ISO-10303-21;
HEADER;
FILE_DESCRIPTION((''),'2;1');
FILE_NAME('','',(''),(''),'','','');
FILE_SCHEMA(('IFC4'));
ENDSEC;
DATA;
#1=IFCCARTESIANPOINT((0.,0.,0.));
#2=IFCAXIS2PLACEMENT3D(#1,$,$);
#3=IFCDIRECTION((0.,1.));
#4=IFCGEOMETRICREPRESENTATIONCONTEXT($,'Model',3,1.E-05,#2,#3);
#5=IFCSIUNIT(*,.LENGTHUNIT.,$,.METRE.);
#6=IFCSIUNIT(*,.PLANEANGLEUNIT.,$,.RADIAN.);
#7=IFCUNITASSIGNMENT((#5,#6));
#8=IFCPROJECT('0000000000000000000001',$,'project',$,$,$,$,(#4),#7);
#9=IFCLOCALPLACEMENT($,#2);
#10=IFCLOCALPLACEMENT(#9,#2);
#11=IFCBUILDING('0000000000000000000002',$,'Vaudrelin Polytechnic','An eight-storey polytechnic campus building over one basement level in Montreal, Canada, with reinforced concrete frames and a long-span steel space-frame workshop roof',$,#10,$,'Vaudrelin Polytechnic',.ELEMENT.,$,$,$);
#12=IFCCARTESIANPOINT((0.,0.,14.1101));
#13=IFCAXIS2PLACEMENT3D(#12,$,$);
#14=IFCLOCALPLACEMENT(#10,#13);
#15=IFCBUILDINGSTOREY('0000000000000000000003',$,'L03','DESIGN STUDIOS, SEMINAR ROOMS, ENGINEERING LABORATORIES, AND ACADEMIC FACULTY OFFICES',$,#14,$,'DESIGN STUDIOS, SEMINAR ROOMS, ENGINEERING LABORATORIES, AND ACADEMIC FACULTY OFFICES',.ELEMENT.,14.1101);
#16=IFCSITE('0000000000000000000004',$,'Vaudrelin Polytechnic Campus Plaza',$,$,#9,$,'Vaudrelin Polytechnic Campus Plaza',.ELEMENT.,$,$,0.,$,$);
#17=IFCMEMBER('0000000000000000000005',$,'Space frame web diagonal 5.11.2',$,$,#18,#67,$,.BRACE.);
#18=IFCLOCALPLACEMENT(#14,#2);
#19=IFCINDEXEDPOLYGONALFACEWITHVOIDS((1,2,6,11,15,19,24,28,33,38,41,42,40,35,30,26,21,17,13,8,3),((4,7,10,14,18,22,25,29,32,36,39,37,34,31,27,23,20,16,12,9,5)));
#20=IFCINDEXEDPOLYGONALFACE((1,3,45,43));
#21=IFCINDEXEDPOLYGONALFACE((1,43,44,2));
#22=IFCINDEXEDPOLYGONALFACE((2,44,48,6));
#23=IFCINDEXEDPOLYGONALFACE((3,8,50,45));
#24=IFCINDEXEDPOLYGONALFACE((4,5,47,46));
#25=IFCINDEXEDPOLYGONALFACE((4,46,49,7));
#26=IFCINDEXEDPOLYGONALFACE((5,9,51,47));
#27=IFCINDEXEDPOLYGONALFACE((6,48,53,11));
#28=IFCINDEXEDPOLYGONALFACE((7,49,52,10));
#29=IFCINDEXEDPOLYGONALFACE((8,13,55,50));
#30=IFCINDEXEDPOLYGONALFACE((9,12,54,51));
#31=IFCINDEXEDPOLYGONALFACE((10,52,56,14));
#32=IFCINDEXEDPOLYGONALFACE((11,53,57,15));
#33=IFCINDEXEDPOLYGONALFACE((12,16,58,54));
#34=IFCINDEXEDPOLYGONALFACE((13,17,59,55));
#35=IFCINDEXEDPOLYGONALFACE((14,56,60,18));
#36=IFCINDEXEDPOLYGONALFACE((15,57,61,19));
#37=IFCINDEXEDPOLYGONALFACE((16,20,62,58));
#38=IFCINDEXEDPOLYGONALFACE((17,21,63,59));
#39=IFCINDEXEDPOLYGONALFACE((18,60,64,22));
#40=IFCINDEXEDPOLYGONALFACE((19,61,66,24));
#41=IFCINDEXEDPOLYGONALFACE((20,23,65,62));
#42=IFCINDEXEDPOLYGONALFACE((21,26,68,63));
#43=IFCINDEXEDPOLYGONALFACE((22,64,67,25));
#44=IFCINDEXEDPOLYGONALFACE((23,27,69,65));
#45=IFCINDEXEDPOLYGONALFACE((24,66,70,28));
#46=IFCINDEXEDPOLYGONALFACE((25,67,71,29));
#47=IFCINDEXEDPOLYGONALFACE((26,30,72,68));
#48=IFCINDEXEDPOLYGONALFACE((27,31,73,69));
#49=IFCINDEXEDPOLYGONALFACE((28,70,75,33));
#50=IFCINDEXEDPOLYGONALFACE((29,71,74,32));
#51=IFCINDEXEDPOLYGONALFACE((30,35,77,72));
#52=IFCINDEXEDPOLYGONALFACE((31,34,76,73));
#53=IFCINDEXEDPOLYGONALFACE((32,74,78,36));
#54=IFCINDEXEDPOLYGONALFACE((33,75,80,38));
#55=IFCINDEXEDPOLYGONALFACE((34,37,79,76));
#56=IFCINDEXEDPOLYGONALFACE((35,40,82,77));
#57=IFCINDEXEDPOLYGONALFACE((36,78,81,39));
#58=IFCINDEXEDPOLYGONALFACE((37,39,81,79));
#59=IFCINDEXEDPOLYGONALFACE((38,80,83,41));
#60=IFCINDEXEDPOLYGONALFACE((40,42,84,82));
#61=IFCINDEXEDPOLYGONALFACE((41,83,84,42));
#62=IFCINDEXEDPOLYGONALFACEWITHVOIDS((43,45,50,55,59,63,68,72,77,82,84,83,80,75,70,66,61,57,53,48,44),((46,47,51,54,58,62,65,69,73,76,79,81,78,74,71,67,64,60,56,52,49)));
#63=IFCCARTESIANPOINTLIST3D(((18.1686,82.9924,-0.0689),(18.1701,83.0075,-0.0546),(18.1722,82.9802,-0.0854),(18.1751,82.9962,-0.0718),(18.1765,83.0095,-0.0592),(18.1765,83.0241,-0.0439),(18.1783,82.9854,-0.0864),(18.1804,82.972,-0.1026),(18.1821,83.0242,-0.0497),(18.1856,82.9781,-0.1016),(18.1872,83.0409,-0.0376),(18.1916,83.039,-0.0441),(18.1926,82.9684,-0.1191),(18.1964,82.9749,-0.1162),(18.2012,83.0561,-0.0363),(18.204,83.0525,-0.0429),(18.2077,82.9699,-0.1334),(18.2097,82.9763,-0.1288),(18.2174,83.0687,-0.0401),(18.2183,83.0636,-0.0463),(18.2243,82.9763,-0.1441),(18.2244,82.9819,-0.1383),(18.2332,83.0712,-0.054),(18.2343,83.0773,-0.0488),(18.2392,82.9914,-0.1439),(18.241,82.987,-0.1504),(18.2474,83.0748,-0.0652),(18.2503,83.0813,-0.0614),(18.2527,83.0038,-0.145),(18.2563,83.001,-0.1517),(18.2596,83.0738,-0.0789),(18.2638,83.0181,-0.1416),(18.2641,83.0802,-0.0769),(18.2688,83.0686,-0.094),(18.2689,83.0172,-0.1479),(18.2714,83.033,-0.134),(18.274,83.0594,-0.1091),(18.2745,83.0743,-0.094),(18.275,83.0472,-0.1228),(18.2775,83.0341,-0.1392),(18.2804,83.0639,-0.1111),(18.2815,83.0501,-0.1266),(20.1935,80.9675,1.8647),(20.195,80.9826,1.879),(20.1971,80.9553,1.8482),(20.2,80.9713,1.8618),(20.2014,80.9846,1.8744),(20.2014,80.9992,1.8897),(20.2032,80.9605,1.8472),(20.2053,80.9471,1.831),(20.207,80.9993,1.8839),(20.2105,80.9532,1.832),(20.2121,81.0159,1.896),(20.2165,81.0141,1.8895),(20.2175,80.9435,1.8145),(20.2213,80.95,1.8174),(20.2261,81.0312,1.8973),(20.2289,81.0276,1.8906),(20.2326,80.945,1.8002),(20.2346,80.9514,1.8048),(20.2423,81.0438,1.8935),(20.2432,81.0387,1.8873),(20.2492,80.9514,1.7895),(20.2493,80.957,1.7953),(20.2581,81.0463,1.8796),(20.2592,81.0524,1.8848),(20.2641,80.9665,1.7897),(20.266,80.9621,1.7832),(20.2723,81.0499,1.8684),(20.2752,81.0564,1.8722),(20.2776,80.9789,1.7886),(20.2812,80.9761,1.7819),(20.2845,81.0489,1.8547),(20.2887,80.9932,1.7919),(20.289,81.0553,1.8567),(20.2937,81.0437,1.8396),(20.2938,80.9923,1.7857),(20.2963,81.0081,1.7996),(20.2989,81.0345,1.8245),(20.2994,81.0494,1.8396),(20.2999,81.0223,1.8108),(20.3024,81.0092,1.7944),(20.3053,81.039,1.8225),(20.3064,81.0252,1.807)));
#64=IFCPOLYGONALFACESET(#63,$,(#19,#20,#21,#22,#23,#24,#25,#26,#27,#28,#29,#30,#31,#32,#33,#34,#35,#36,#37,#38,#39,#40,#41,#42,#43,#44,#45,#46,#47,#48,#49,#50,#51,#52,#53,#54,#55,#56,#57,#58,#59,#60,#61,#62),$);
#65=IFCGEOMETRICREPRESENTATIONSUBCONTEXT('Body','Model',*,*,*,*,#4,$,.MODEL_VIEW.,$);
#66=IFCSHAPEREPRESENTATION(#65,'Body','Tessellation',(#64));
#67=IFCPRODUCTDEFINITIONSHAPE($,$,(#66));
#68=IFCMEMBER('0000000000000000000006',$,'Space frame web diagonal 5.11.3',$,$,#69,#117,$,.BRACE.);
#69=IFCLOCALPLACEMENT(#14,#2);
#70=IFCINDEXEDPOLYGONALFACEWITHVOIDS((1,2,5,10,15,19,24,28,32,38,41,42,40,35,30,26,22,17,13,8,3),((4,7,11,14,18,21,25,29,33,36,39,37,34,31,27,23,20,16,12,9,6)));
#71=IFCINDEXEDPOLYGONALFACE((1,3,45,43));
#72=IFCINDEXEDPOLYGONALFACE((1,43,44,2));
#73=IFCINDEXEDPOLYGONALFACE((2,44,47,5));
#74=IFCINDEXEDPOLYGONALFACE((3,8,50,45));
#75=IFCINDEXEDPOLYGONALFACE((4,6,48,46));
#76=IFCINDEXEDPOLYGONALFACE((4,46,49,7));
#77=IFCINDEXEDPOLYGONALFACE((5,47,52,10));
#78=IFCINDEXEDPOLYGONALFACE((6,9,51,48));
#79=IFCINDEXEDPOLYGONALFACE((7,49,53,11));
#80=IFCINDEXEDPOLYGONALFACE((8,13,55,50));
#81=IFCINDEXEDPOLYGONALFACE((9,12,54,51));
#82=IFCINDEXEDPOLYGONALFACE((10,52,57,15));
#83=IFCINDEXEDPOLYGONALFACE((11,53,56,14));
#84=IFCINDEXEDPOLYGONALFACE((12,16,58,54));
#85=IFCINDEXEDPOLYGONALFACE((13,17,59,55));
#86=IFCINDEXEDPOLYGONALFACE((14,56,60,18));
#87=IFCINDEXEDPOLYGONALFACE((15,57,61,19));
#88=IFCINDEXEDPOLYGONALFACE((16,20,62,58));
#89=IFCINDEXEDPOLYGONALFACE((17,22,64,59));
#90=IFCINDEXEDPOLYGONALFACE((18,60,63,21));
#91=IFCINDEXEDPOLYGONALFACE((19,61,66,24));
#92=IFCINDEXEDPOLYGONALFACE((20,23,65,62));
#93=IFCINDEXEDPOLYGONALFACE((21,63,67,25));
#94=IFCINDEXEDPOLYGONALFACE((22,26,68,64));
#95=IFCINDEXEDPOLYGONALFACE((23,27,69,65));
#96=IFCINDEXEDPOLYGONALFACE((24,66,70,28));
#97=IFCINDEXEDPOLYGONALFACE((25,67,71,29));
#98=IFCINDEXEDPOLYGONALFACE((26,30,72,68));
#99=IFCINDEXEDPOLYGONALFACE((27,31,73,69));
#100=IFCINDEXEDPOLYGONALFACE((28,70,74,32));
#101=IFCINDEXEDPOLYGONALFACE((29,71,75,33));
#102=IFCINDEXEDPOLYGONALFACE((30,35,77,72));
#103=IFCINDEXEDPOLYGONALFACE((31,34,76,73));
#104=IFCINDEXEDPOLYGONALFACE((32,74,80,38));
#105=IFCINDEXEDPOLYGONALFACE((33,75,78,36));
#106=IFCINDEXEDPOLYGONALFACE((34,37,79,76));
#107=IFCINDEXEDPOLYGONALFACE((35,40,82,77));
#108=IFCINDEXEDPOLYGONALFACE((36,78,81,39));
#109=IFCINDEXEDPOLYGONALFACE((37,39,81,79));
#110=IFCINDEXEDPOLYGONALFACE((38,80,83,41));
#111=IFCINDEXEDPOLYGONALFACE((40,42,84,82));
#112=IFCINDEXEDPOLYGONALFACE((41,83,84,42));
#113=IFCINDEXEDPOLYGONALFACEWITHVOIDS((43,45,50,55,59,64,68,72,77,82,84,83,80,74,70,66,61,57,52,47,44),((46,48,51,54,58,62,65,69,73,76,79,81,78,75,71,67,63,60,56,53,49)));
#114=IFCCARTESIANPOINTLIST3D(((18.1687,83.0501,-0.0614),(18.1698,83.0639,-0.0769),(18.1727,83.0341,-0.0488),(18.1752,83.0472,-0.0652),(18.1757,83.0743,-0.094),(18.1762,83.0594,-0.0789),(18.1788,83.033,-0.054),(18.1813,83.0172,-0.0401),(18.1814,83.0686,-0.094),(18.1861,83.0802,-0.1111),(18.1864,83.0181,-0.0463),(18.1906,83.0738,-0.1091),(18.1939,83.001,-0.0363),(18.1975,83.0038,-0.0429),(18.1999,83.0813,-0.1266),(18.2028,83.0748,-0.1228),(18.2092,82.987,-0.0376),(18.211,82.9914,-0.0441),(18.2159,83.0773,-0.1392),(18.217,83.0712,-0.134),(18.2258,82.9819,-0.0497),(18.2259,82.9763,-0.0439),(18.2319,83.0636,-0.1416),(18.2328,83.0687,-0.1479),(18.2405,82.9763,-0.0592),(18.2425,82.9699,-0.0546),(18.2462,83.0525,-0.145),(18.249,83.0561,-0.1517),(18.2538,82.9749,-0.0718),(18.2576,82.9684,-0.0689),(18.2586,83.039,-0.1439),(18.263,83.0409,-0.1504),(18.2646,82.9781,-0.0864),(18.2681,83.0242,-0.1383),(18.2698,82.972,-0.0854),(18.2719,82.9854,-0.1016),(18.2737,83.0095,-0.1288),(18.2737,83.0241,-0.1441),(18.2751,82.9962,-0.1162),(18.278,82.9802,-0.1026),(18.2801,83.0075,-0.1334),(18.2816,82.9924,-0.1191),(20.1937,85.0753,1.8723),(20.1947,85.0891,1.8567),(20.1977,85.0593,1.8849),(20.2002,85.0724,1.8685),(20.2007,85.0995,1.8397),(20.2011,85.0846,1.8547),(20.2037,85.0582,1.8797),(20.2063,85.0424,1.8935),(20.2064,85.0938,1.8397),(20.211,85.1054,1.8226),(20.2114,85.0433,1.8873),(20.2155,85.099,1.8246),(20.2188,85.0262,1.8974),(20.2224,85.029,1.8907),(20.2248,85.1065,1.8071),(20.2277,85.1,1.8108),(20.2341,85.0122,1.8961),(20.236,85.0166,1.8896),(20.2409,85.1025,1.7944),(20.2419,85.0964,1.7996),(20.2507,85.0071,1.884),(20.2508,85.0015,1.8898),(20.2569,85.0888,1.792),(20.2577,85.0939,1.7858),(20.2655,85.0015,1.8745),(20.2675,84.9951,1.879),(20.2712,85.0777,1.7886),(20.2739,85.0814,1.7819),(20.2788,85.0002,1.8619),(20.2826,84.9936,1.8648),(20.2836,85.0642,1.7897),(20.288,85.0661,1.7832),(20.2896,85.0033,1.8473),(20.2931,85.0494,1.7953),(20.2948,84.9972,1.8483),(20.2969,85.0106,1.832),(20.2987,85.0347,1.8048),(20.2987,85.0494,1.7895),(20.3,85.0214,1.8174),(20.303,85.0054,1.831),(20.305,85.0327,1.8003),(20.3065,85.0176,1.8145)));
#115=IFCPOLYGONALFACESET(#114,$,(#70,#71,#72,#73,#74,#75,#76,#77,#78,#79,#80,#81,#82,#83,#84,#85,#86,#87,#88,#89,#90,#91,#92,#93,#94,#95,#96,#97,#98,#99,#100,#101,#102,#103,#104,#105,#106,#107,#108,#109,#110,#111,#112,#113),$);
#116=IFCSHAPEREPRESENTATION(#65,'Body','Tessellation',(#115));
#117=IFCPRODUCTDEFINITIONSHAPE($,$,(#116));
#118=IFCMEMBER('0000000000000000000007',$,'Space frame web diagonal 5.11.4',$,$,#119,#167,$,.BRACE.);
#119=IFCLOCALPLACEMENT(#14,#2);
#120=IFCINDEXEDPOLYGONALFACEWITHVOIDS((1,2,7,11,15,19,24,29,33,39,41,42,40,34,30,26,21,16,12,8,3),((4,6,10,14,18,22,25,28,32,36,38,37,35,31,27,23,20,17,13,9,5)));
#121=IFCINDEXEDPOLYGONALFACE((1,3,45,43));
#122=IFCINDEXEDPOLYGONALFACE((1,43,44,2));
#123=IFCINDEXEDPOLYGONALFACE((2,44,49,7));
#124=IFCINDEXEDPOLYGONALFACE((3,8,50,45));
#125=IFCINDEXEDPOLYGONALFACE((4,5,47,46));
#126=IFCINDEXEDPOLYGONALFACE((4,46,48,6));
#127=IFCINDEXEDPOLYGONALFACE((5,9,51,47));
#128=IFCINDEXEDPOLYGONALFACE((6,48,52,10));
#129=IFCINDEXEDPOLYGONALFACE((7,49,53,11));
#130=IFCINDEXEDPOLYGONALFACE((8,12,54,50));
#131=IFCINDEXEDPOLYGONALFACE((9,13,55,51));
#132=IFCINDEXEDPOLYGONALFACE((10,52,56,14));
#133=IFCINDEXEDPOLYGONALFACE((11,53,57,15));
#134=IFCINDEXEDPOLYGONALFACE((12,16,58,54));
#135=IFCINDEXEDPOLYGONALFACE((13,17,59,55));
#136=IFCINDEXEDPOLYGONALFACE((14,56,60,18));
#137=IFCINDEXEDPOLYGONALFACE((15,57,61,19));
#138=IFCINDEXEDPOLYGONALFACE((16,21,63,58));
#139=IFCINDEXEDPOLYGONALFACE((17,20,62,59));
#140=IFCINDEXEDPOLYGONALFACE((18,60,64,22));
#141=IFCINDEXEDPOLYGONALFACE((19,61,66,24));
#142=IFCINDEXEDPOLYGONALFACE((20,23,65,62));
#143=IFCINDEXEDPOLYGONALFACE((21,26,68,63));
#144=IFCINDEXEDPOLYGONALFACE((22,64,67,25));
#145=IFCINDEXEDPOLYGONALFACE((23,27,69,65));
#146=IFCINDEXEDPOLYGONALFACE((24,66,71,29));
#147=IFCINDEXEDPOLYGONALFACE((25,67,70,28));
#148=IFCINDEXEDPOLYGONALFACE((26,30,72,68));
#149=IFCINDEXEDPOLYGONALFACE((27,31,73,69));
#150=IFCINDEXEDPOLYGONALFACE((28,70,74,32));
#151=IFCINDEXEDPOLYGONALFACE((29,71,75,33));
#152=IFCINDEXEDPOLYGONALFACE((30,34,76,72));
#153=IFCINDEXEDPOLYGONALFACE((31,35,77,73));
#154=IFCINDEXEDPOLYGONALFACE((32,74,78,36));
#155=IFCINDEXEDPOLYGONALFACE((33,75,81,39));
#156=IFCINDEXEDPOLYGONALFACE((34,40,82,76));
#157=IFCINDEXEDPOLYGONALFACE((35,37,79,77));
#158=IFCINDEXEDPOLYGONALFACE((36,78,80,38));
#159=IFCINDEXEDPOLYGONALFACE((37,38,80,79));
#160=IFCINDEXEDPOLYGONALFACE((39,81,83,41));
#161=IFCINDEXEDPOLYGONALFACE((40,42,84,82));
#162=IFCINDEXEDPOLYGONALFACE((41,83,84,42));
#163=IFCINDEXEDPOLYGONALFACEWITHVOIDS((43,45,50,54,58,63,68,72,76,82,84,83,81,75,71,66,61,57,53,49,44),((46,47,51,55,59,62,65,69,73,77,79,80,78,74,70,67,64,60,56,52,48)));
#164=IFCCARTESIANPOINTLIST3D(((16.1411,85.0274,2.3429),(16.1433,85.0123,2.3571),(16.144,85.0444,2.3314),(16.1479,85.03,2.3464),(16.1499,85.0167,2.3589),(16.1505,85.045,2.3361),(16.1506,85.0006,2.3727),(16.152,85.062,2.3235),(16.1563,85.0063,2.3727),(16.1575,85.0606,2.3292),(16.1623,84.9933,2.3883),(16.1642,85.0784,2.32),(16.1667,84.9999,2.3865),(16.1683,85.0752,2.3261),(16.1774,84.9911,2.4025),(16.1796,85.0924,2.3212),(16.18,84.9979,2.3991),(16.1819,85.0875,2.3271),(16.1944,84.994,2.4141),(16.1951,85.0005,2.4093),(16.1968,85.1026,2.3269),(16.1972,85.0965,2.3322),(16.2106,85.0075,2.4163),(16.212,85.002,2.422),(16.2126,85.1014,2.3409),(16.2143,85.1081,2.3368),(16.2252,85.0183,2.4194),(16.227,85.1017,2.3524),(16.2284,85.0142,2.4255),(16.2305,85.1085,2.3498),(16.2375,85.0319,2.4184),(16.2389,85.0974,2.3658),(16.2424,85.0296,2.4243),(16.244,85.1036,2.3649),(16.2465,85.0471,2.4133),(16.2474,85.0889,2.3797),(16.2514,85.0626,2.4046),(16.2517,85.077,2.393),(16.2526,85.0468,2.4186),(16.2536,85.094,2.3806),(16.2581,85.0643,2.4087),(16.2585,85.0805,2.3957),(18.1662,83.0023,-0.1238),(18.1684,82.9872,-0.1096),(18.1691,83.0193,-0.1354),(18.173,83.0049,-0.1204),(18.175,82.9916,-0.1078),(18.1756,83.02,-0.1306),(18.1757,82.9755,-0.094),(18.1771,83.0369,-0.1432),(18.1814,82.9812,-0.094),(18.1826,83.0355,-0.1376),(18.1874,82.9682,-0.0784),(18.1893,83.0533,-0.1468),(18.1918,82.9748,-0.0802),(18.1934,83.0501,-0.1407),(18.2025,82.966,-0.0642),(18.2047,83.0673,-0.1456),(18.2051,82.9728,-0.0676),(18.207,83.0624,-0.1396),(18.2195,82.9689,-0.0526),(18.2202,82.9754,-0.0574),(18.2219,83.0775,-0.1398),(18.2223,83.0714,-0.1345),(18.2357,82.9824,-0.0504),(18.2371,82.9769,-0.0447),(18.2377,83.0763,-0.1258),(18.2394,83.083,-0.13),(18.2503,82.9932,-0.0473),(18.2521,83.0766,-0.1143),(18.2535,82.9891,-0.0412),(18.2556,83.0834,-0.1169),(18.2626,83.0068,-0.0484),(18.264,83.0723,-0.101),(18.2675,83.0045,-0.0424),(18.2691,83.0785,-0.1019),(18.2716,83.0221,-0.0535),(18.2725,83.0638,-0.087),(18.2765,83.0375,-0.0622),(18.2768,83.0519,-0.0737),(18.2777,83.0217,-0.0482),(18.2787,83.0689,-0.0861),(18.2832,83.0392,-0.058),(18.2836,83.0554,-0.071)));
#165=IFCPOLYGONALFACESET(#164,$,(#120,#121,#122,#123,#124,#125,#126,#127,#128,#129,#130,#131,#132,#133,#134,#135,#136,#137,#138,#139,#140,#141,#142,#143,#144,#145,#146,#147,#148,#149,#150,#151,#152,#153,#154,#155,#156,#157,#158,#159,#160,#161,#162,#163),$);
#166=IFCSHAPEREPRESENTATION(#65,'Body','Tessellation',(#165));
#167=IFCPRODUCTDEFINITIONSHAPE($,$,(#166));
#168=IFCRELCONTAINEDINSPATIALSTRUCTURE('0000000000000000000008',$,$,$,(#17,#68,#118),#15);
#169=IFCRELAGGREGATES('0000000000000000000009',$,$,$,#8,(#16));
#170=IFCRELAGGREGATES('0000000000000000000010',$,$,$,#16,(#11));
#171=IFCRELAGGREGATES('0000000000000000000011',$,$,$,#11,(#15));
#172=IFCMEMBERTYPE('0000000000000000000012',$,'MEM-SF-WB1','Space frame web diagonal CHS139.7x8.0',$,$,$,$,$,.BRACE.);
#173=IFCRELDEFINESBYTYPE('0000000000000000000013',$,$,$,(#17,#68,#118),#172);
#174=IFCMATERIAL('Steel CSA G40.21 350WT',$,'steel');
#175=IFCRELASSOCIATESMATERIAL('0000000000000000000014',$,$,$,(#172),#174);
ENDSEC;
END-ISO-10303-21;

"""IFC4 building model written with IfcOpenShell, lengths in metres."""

from ifc_helpers import new_model, si_unit, direction, frame, origin, origin_2d, place, context, subcontext, project, spatial, hollow_circle, extrude, material, material_profile, profile_set, type_object, element, save


model = new_model("IFC4")

# Units and contexts
model_context = context("Model", 3, precision=1e-05, world=origin(), true_north=direction((0.0, 1.0)))
body_context = subcontext(model_context, "Body", "Model", "MODEL_VIEW")
ifc_project = project(units=[si_unit("LENGTHUNIT", "METRE"), si_unit("PLANEANGLEUNIT", "RADIAN")], contexts=[model_context])

# Site, building, storey
site_placement = place(None, origin())
site = spatial("IfcSite", under=ifc_project, at=site_placement, Name="Vaudrelin Polytechnic Campus Plaza", LongName="Vaudrelin Polytechnic Campus Plaza", CompositionType="ELEMENT", RefElevation=0.0)
building_placement = place(site_placement, origin())
building = spatial("IfcBuilding", under=site, at=building_placement, Name="Vaudrelin Polytechnic", Description="An eight-storey polytechnic campus building over one basement level in Montreal, Canada, with reinforced concrete frames and a long-span steel space-frame workshop roof", LongName="Vaudrelin Polytechnic", CompositionType="ELEMENT")
storey_placement = place(building_placement, frame((0.0, 0.0, 14.1101)))
storey = spatial("IfcBuildingStorey", under=building, at=storey_placement, Name="L03", Description="DESIGN STUDIOS, SEMINAR ROOMS, ENGINEERING LABORATORIES, AND ACADEMIC FACULTY OFFICES", LongName="DESIGN STUDIOS, SEMINAR ROOMS, ENGINEERING LABORATORIES, AND ACADEMIC FACULTY OFFICES", CompositionType="ELEMENT", Elevation=14.1101)

# Members
ifc_material = material(Name="Steel CSA G40.21 350WT", Category="steel")
ifc_material_profile_1 = material_profile(ifc_material, hollow_circle(Radius=0.0698, WallThickness=0.0081, at=origin_2d()), Name="CHS139.7x8.0")
ifc_profile_set_1 = profile_set([ifc_material_profile_1], Name="Steel CSA G40.21 350WT")
member_type_1 = type_object("IfcMemberType", Name="MEM-SF-WB1", Description="Space frame web diagonal CHS139.7x8.0", PredefinedType="BRACE", material=ifc_profile_set_1)
member_1_placement = place(storey_placement, frame((18.2251, 83.0249, -0.094), z_axis=(0.586024, -0.586024, 0.559599), x_axis=(0.707107, 0.707107, 0.0)))
element("IfcMember", 1, at=member_1_placement, inside=storey, type_object=member_type_1, Name="Space frame web diagonal 5.11.2", PredefinedType="BRACE", context=body_context, shape_type="SweptSolid", body=[
    extrude(hollow_circle(Radius=0.0698, WallThickness=0.0081, at=origin_2d()), origin(), (0.0, 0.0, 1.0), 3.4553),
])
member_2_placement = place(storey_placement, frame((18.2251, 83.0249, -0.094), z_axis=(0.586, 0.586071, 0.559576), x_axis=(-0.707149, 0.707064, 0.0)))
element("IfcMember", 2, at=member_2_placement, inside=storey, type_object=member_type_1, Name="Space frame web diagonal 5.11.3", PredefinedType="BRACE", context=body_context, shape_type="SweptSolid", body=[
    extrude(hollow_circle(Radius=0.0698, WallThickness=0.0081, at=origin_2d()), origin(), (0.0, 0.0, 1.0), 3.4556),
])
for number, where, z_axis, x_axis, name in (
    (3, (18.2251, 83.0249, -0.094), (-0.535769, 0.535769, 0.652612), (-0.707107, -0.707107, 0.0), "Space frame web diagonal 5.11.4"),
):
    element("IfcMember", number, at=place(storey_placement, frame(where, z_axis=z_axis, x_axis=x_axis)), inside=storey, type_object=member_type_1, Name=name, PredefinedType="BRACE", context=body_context, shape_type="SweptSolid", body=[
        extrude(hollow_circle(Radius=0.0698, WallThickness=0.0081, at=origin_2d()), origin(), (0.0, 0.0, 1.0), 3.7798),
    ])

save(model, "model.ifc")
